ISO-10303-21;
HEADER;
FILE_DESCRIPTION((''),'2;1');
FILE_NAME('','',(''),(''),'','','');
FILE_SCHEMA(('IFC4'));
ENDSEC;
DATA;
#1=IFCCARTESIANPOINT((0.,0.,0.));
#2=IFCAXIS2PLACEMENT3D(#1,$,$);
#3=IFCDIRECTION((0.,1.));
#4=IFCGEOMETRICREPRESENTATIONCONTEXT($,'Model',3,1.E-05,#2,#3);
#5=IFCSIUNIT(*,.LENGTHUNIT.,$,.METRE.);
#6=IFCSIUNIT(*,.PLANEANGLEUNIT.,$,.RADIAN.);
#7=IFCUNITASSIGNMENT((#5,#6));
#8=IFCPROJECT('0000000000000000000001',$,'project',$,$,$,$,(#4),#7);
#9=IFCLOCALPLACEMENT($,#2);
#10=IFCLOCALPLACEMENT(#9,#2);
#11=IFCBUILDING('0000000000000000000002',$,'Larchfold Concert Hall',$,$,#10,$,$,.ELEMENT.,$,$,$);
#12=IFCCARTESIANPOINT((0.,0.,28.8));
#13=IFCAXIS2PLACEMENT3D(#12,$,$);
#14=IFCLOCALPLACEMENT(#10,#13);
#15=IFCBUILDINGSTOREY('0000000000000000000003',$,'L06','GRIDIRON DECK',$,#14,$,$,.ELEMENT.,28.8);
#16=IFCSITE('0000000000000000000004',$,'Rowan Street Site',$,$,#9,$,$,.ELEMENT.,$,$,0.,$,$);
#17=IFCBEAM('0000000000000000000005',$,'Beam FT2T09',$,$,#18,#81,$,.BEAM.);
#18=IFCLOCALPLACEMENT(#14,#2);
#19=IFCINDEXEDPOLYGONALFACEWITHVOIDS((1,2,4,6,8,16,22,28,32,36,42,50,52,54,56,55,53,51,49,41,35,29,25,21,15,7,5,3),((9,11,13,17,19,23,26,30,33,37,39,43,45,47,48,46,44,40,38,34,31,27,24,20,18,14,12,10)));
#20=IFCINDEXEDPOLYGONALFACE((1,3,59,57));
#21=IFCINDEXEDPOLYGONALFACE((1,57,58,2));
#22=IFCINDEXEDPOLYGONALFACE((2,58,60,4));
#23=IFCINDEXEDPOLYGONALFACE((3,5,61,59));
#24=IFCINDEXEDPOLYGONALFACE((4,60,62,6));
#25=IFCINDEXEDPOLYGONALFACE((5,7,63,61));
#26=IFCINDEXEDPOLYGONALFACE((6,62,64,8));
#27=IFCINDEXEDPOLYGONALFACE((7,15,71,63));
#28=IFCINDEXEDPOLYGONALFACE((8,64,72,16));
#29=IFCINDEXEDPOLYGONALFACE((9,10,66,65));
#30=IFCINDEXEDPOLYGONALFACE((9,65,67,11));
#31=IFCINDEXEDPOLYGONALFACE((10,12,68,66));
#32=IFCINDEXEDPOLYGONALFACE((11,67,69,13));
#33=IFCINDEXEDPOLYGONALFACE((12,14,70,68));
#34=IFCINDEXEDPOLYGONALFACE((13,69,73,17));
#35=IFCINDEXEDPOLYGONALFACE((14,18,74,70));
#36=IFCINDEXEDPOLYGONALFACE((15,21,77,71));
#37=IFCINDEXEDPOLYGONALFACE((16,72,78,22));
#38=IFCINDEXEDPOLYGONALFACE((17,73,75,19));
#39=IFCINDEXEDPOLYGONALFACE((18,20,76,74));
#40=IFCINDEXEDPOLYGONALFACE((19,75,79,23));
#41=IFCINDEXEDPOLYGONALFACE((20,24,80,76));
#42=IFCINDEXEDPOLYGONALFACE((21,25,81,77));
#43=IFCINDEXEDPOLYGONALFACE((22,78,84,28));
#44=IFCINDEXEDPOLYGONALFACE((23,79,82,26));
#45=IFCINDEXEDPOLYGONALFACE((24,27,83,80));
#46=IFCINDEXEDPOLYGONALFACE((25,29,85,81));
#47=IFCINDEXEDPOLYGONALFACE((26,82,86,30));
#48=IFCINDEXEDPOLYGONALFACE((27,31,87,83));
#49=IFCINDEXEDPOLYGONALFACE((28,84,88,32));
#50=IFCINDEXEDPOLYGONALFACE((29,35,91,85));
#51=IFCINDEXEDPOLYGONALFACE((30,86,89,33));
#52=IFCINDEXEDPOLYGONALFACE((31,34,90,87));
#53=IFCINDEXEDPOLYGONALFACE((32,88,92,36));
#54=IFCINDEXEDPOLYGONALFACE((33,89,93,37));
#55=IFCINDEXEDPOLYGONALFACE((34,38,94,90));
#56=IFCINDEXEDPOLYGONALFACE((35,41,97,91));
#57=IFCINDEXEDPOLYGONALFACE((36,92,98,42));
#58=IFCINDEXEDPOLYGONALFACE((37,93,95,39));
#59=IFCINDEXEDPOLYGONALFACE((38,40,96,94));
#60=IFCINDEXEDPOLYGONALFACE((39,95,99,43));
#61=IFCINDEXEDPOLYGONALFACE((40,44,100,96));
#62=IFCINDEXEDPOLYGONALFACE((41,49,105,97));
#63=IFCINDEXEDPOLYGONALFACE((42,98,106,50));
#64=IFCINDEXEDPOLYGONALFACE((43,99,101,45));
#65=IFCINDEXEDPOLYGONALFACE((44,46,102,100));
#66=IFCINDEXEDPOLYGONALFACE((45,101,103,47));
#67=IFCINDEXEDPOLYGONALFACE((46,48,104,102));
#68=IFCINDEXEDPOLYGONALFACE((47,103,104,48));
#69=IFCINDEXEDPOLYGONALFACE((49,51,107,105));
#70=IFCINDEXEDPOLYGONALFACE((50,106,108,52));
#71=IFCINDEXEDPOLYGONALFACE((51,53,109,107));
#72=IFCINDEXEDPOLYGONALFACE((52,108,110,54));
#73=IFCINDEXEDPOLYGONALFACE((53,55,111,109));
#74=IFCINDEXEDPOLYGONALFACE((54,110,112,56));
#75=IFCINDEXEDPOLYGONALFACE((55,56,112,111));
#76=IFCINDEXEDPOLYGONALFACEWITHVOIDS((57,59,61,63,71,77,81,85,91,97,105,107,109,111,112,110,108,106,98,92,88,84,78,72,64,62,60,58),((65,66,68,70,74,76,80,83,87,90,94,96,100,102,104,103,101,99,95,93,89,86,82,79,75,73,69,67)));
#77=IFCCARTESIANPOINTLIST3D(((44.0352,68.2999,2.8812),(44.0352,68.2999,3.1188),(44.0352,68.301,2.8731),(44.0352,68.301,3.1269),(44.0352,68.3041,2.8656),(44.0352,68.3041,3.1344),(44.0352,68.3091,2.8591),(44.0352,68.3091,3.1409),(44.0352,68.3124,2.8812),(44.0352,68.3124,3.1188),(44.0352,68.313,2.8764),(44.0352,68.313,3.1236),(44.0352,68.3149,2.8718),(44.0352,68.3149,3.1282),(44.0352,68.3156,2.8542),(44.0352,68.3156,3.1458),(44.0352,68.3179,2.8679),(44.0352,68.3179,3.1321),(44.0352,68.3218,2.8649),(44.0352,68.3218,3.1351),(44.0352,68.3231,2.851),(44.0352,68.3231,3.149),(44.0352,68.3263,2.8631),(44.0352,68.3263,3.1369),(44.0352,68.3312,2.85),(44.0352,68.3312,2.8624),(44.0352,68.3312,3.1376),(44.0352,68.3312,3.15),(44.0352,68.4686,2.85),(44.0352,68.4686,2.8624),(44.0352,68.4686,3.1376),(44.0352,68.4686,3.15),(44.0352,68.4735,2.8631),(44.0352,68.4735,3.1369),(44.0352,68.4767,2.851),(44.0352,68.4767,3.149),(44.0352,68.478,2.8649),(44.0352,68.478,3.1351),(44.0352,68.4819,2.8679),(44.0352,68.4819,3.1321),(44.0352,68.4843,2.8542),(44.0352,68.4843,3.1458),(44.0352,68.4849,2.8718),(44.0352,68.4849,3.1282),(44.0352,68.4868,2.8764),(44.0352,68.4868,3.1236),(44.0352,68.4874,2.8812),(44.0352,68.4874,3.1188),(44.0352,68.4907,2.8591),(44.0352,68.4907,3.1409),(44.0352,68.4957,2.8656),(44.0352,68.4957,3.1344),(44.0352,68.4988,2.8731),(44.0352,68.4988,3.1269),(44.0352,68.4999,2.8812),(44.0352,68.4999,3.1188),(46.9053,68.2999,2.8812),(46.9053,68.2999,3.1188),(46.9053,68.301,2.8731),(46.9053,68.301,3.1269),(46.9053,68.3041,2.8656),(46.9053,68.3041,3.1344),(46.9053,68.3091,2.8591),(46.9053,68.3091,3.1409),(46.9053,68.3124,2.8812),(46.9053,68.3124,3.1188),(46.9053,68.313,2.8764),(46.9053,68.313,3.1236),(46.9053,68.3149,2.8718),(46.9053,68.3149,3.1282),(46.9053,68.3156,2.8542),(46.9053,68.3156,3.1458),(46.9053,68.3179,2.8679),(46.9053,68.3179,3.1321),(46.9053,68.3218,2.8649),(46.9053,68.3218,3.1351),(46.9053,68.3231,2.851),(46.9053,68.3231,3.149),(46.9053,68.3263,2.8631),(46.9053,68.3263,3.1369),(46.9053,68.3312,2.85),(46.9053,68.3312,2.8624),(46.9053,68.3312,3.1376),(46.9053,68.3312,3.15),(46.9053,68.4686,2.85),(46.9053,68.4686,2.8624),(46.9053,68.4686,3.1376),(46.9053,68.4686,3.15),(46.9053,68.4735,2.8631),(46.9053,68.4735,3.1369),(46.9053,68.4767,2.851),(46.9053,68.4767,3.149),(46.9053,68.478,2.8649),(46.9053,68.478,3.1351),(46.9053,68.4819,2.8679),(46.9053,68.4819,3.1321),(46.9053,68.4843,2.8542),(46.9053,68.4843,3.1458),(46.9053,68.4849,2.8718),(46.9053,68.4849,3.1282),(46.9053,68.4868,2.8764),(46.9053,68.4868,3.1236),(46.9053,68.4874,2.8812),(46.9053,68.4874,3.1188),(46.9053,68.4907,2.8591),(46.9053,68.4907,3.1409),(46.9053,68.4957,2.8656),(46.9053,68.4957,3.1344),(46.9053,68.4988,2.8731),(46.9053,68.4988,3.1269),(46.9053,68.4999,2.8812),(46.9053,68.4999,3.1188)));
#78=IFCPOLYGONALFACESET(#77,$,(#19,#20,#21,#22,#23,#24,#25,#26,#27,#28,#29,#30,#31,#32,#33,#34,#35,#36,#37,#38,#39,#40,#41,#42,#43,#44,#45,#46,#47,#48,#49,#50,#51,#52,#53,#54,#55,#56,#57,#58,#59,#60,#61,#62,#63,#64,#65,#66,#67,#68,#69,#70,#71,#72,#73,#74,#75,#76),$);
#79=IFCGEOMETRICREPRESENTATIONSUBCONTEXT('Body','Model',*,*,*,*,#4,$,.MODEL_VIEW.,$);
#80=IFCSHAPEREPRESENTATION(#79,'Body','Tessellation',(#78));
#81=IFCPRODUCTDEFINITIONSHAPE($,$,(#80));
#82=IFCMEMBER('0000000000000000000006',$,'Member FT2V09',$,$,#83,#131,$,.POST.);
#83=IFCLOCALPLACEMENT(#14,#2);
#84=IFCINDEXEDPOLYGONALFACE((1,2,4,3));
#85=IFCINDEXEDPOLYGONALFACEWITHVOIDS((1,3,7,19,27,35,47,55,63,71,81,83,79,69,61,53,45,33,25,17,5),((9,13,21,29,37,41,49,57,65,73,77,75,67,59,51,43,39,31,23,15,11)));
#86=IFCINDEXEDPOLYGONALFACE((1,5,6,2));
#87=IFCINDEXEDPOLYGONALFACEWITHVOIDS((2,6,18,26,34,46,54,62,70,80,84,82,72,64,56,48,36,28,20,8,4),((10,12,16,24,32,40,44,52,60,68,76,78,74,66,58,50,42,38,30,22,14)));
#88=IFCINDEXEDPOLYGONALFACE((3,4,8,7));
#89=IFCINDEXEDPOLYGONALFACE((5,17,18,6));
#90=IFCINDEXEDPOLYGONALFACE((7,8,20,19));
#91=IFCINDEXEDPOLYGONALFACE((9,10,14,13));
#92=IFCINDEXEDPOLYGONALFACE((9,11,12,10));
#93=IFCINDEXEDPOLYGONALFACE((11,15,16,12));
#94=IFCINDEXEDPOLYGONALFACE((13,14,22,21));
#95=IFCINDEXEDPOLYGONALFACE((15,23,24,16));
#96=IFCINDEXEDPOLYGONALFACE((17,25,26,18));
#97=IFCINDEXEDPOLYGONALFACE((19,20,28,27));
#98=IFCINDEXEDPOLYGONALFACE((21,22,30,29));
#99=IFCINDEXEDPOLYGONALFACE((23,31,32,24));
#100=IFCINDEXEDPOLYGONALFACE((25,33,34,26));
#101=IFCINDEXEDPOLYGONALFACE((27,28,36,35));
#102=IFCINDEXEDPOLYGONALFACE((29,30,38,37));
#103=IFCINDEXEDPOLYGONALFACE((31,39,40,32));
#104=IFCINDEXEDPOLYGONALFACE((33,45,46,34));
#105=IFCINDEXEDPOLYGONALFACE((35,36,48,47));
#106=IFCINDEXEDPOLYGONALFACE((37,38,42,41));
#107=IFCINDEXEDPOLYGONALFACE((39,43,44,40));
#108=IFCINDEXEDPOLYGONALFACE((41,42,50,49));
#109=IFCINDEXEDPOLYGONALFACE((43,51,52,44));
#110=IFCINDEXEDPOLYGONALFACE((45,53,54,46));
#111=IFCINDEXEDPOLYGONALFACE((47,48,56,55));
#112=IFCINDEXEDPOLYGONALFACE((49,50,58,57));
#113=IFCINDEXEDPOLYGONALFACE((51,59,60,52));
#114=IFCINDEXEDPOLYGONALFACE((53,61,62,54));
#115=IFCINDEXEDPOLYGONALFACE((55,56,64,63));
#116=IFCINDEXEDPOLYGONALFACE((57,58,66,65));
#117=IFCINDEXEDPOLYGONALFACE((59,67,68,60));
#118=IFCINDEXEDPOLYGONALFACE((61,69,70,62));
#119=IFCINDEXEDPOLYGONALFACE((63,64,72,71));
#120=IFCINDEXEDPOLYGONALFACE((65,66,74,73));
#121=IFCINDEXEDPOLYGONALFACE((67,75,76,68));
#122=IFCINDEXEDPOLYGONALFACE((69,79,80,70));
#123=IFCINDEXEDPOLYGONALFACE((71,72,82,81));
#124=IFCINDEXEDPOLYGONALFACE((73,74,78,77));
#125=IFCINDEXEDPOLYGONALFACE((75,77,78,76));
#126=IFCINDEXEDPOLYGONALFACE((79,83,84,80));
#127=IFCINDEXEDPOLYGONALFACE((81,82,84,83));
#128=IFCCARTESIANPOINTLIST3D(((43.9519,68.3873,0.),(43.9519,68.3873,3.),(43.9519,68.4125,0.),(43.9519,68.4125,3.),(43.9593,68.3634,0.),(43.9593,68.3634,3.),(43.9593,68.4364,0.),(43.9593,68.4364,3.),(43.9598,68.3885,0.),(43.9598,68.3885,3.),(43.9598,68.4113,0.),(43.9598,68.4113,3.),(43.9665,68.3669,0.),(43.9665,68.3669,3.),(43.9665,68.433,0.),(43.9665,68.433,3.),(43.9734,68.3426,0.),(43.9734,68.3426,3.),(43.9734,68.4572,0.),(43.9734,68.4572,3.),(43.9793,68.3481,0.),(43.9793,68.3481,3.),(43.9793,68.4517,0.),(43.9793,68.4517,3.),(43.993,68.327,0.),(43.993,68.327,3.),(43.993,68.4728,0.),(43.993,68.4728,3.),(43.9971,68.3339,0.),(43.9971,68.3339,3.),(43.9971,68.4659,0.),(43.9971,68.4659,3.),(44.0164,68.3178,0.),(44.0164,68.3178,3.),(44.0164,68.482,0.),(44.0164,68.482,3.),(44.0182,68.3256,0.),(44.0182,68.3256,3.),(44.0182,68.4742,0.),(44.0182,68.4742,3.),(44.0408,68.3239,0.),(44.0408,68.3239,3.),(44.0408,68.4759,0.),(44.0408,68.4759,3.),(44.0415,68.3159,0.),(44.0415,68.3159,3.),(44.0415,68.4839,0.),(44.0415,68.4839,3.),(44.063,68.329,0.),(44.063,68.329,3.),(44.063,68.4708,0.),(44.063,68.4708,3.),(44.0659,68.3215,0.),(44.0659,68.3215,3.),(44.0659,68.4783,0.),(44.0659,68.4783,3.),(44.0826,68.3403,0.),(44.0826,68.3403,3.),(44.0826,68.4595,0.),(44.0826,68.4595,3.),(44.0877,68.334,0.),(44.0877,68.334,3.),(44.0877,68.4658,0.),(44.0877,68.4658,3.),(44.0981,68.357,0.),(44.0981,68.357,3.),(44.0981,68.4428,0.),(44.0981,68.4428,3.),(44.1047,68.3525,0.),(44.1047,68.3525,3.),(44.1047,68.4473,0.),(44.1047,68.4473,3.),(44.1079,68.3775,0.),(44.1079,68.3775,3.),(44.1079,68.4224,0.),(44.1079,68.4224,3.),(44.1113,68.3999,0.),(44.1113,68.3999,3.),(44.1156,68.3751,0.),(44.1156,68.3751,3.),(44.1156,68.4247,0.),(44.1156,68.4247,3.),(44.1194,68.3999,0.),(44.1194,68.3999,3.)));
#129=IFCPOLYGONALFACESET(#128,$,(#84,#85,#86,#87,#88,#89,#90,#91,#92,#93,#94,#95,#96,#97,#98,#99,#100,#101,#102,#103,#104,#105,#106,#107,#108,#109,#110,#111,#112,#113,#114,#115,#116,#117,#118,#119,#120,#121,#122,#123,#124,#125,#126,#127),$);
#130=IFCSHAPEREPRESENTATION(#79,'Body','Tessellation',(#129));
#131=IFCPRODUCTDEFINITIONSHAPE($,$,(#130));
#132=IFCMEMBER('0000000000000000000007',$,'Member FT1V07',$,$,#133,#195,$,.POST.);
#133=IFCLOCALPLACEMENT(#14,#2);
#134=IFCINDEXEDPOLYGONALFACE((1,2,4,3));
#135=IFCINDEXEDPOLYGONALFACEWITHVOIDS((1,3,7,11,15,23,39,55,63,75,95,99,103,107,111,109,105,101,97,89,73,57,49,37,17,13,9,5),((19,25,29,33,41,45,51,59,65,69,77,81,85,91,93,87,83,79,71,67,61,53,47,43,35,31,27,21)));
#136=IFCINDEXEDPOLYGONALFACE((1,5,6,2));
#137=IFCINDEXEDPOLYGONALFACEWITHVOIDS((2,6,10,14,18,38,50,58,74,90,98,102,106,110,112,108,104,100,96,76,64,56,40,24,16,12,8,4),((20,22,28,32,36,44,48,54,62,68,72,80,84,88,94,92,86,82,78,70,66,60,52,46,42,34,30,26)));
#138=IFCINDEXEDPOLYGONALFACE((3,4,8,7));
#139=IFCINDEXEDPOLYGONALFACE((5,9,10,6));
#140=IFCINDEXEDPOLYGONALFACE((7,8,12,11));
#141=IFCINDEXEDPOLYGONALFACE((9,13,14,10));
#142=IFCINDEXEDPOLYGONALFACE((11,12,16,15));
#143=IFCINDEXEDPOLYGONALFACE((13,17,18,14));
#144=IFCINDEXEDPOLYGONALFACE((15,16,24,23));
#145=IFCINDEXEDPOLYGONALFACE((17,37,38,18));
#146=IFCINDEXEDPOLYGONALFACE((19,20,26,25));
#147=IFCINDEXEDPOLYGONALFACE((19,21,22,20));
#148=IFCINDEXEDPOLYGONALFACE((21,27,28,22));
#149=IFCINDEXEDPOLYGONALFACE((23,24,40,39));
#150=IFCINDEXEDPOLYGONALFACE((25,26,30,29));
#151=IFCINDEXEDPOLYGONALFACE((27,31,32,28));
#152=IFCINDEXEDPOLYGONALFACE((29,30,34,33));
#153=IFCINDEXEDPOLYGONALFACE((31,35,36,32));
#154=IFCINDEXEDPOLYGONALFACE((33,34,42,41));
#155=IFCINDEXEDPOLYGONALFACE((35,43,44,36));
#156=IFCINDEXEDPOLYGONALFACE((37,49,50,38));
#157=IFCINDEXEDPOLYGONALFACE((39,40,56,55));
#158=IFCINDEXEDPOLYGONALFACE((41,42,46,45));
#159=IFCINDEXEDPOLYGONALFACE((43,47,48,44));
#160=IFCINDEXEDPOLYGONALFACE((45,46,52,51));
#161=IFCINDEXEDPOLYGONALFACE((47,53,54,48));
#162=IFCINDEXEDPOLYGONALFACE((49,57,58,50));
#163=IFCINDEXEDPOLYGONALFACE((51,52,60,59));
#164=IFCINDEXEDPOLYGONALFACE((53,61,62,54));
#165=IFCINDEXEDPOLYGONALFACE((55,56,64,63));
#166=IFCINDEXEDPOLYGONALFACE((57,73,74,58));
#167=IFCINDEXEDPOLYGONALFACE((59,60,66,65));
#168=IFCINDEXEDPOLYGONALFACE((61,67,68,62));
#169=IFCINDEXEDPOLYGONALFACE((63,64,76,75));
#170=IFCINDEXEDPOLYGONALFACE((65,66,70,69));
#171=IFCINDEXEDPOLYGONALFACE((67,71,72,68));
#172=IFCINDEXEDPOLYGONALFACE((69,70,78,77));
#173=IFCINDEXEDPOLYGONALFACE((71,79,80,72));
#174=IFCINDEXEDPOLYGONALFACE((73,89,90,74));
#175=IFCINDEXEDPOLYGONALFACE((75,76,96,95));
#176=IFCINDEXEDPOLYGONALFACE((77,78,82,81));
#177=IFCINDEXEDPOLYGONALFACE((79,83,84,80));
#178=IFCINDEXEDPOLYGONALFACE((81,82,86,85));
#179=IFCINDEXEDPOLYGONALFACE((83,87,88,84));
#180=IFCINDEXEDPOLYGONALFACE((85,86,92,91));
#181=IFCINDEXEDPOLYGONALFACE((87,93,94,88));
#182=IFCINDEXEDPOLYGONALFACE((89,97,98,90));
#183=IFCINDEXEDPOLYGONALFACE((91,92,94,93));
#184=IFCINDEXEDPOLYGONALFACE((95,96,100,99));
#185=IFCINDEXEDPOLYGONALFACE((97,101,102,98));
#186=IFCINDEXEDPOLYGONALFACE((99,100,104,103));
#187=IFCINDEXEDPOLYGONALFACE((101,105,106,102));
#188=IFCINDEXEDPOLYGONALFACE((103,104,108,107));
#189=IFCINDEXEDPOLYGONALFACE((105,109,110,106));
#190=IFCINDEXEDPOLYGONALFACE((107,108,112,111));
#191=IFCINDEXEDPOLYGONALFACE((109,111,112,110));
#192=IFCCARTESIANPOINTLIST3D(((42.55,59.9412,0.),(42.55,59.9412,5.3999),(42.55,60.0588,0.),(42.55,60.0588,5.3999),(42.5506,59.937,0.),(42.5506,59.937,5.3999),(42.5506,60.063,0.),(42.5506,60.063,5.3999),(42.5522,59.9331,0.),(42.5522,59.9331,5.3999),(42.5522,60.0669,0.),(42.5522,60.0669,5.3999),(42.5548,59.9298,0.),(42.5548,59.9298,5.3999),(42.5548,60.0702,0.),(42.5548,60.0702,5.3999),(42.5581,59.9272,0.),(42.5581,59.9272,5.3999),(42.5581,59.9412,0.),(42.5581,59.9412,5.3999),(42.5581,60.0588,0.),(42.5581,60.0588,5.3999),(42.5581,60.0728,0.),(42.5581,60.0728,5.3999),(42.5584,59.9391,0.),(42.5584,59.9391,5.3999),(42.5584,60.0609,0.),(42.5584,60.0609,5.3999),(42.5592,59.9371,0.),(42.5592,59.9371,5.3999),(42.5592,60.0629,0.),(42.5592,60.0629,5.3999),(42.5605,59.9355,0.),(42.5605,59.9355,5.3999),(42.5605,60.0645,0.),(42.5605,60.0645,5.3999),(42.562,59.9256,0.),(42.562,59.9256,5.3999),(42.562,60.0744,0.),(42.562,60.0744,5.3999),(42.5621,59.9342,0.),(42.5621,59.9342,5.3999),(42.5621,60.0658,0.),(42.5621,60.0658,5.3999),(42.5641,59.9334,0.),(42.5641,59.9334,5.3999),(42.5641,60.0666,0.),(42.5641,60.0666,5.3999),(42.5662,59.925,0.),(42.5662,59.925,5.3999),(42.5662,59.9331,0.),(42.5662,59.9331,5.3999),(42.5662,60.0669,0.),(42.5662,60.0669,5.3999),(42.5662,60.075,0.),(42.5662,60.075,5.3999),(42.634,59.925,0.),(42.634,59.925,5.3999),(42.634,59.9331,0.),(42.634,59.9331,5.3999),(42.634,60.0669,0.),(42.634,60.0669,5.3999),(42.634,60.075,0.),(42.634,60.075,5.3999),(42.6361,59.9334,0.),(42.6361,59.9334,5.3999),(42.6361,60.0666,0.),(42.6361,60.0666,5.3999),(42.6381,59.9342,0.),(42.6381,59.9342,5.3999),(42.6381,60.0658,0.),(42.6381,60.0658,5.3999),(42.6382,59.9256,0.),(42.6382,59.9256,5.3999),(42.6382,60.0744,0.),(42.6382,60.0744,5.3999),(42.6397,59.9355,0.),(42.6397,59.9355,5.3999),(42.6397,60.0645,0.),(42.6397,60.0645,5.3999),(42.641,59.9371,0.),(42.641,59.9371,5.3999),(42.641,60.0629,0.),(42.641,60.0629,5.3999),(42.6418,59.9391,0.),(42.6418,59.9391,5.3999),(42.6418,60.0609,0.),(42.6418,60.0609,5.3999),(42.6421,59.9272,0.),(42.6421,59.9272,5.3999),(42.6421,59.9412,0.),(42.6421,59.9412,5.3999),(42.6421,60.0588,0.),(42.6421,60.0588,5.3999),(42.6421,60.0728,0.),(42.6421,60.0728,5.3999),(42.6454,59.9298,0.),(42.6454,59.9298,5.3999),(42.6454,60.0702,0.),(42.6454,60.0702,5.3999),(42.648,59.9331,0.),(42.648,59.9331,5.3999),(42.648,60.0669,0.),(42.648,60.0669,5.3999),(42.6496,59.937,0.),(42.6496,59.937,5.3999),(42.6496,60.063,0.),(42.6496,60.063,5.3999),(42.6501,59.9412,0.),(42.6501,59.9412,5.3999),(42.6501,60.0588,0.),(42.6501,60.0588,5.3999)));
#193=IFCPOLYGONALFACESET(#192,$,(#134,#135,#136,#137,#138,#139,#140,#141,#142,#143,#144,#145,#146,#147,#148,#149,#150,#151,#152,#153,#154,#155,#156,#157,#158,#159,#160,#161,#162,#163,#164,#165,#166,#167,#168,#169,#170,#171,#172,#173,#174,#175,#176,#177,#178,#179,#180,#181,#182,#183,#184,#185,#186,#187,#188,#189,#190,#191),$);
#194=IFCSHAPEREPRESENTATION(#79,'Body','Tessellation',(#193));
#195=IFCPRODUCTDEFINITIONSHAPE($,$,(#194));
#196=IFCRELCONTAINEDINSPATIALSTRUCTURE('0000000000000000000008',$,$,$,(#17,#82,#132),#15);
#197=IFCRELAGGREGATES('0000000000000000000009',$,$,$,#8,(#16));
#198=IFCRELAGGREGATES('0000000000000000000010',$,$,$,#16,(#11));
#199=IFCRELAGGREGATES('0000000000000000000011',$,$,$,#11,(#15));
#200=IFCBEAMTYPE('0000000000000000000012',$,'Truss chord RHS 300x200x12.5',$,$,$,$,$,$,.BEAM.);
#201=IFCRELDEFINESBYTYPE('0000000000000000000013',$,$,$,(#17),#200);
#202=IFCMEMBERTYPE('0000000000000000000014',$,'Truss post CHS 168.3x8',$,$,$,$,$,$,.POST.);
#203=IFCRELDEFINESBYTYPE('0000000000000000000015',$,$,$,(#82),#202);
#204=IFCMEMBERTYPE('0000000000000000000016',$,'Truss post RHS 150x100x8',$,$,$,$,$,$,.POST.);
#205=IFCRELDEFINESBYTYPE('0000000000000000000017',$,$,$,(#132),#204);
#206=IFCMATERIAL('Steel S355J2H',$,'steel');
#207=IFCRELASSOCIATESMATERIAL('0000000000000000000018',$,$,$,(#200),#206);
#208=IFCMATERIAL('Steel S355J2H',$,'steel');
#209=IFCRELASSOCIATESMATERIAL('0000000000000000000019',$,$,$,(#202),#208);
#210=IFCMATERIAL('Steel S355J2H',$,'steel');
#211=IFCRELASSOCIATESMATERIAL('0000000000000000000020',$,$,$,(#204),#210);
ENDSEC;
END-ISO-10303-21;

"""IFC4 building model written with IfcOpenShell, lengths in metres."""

from ifc_helpers import new_model, si_unit, direction, frame, origin, origin_2d, place, context, subcontext, project, spatial, hollow_rectangle, hollow_circle, extrude, material, material_profile, profile_set, type_object, element, save


model = new_model("IFC4")

# Units and contexts
model_context = context("Model", 3, precision=1e-05, world=origin(), true_north=direction((0.0, 1.0)))
body_context = subcontext(model_context, "Body", "Model", "MODEL_VIEW")
ifc_project = project(units=[si_unit("LENGTHUNIT", "METRE"), si_unit("PLANEANGLEUNIT", "RADIAN")], contexts=[model_context])

# Site, building, storey
site_placement = place(None, origin())
site = spatial("IfcSite", under=ifc_project, at=site_placement, Name="Rowan Street Site", CompositionType="ELEMENT", RefElevation=0.0)
building_placement = place(site_placement, origin())
building = spatial("IfcBuilding", under=site, at=building_placement, Name="Larchfold Concert Hall", CompositionType="ELEMENT")
storey_placement = place(building_placement, frame((0.0, 0.0, 28.8)))
storey = spatial("IfcBuildingStorey", under=building, at=storey_placement, Name="L06", Description="GRIDIRON DECK", CompositionType="ELEMENT", Elevation=28.8)

# Beam
ifc_material_1 = material(Name="Steel S355J2H", Category="steel")
ifc_material_profile_1 = material_profile(ifc_material_1, hollow_rectangle(XDim=0.2, YDim=0.3, WallThickness=0.0125, InnerFilletRadius=0.0188, OuterFilletRadius=0.0312, at=origin_2d()))
ifc_profile_set_1 = profile_set([ifc_material_profile_1], Name="Steel S355J2H")
beam_type_1 = type_object("IfcBeamType", Name="Truss chord RHS 300x200x12.5", PredefinedType="BEAM", material=ifc_profile_set_1)
beam_1_placement = place(storey_placement, frame((44.0352, 68.3999, 3.0), z_axis=(1.0, 0.0, 0.0), x_axis=(0.0, 1.0, 0.0)))
element("IfcBeam", 1, at=beam_1_placement, inside=storey, type_object=beam_type_1, Name="Beam FT2T09", PredefinedType="BEAM", context=body_context, shape_type="SweptSolid", body=[
    extrude(hollow_rectangle(XDim=0.2, YDim=0.3, WallThickness=0.0125, InnerFilletRadius=0.0188, OuterFilletRadius=0.0312, at=origin_2d()), origin(), (0.0, 0.0, 1.0), 2.8701),
])

# Members
ifc_material_2 = material(Name="Steel S355J2H", Category="steel")
ifc_material_profile_2 = material_profile(ifc_material_2, hollow_circle(Radius=0.0842, WallThickness=0.0081, at=origin_2d()))
ifc_profile_set_2 = profile_set([ifc_material_profile_2], Name="Steel S355J2H")
member_type_1 = type_object("IfcMemberType", Name="Truss post CHS 168.3x8", PredefinedType="POST", material=ifc_profile_set_2)
member_placement = place(storey_placement, frame((44.0352, 68.3999, 3.0), z_axis=(0.0, 0.0, -1.0), x_axis=(1.0, 0.0, 0.0)))
element("IfcMember", 2, at=member_placement, inside=storey, type_object=member_type_1, Name="Member FT2V09", PredefinedType="POST", context=body_context, shape_type="SweptSolid", body=[
    extrude(hollow_circle(Radius=0.0842, WallThickness=0.0081, at=origin_2d()), origin(), (0.0, 0.0, 1.0), 3.0),
])
ifc_material_3 = material(Name="Steel S355J2H", Category="steel")
ifc_material_profile_3 = material_profile(ifc_material_3, hollow_rectangle(XDim=0.1001, YDim=0.1499, WallThickness=0.0081, InnerFilletRadius=0.0081, OuterFilletRadius=0.0161, at=origin_2d()))
ifc_profile_set_3 = profile_set([ifc_material_profile_3], Name="Steel S355J2H")
member_type_2 = type_object("IfcMemberType", Name="Truss post RHS 150x100x8", PredefinedType="POST", material=ifc_profile_set_3)
for number, where, z_axis, x_axis, name in (
    (3, (42.6001, 60.0, 5.3999), (0.0, 0.0, -1.0), (1.0, 0.0, 0.0), "Member FT1V07"),
):
    element("IfcMember", number, at=place(storey_placement, frame(where, z_axis=z_axis, x_axis=x_axis)), inside=storey, type_object=member_type_2, Name=name, PredefinedType="POST", context=body_context, shape_type="SweptSolid", body=[
        extrude(hollow_rectangle(XDim=0.1001, YDim=0.1499, WallThickness=0.0081, InnerFilletRadius=0.0081, OuterFilletRadius=0.0161, at=origin_2d()), origin(), (0.0, 0.0, 1.0), 5.3999),
    ])

save(model, "model.ifc")
